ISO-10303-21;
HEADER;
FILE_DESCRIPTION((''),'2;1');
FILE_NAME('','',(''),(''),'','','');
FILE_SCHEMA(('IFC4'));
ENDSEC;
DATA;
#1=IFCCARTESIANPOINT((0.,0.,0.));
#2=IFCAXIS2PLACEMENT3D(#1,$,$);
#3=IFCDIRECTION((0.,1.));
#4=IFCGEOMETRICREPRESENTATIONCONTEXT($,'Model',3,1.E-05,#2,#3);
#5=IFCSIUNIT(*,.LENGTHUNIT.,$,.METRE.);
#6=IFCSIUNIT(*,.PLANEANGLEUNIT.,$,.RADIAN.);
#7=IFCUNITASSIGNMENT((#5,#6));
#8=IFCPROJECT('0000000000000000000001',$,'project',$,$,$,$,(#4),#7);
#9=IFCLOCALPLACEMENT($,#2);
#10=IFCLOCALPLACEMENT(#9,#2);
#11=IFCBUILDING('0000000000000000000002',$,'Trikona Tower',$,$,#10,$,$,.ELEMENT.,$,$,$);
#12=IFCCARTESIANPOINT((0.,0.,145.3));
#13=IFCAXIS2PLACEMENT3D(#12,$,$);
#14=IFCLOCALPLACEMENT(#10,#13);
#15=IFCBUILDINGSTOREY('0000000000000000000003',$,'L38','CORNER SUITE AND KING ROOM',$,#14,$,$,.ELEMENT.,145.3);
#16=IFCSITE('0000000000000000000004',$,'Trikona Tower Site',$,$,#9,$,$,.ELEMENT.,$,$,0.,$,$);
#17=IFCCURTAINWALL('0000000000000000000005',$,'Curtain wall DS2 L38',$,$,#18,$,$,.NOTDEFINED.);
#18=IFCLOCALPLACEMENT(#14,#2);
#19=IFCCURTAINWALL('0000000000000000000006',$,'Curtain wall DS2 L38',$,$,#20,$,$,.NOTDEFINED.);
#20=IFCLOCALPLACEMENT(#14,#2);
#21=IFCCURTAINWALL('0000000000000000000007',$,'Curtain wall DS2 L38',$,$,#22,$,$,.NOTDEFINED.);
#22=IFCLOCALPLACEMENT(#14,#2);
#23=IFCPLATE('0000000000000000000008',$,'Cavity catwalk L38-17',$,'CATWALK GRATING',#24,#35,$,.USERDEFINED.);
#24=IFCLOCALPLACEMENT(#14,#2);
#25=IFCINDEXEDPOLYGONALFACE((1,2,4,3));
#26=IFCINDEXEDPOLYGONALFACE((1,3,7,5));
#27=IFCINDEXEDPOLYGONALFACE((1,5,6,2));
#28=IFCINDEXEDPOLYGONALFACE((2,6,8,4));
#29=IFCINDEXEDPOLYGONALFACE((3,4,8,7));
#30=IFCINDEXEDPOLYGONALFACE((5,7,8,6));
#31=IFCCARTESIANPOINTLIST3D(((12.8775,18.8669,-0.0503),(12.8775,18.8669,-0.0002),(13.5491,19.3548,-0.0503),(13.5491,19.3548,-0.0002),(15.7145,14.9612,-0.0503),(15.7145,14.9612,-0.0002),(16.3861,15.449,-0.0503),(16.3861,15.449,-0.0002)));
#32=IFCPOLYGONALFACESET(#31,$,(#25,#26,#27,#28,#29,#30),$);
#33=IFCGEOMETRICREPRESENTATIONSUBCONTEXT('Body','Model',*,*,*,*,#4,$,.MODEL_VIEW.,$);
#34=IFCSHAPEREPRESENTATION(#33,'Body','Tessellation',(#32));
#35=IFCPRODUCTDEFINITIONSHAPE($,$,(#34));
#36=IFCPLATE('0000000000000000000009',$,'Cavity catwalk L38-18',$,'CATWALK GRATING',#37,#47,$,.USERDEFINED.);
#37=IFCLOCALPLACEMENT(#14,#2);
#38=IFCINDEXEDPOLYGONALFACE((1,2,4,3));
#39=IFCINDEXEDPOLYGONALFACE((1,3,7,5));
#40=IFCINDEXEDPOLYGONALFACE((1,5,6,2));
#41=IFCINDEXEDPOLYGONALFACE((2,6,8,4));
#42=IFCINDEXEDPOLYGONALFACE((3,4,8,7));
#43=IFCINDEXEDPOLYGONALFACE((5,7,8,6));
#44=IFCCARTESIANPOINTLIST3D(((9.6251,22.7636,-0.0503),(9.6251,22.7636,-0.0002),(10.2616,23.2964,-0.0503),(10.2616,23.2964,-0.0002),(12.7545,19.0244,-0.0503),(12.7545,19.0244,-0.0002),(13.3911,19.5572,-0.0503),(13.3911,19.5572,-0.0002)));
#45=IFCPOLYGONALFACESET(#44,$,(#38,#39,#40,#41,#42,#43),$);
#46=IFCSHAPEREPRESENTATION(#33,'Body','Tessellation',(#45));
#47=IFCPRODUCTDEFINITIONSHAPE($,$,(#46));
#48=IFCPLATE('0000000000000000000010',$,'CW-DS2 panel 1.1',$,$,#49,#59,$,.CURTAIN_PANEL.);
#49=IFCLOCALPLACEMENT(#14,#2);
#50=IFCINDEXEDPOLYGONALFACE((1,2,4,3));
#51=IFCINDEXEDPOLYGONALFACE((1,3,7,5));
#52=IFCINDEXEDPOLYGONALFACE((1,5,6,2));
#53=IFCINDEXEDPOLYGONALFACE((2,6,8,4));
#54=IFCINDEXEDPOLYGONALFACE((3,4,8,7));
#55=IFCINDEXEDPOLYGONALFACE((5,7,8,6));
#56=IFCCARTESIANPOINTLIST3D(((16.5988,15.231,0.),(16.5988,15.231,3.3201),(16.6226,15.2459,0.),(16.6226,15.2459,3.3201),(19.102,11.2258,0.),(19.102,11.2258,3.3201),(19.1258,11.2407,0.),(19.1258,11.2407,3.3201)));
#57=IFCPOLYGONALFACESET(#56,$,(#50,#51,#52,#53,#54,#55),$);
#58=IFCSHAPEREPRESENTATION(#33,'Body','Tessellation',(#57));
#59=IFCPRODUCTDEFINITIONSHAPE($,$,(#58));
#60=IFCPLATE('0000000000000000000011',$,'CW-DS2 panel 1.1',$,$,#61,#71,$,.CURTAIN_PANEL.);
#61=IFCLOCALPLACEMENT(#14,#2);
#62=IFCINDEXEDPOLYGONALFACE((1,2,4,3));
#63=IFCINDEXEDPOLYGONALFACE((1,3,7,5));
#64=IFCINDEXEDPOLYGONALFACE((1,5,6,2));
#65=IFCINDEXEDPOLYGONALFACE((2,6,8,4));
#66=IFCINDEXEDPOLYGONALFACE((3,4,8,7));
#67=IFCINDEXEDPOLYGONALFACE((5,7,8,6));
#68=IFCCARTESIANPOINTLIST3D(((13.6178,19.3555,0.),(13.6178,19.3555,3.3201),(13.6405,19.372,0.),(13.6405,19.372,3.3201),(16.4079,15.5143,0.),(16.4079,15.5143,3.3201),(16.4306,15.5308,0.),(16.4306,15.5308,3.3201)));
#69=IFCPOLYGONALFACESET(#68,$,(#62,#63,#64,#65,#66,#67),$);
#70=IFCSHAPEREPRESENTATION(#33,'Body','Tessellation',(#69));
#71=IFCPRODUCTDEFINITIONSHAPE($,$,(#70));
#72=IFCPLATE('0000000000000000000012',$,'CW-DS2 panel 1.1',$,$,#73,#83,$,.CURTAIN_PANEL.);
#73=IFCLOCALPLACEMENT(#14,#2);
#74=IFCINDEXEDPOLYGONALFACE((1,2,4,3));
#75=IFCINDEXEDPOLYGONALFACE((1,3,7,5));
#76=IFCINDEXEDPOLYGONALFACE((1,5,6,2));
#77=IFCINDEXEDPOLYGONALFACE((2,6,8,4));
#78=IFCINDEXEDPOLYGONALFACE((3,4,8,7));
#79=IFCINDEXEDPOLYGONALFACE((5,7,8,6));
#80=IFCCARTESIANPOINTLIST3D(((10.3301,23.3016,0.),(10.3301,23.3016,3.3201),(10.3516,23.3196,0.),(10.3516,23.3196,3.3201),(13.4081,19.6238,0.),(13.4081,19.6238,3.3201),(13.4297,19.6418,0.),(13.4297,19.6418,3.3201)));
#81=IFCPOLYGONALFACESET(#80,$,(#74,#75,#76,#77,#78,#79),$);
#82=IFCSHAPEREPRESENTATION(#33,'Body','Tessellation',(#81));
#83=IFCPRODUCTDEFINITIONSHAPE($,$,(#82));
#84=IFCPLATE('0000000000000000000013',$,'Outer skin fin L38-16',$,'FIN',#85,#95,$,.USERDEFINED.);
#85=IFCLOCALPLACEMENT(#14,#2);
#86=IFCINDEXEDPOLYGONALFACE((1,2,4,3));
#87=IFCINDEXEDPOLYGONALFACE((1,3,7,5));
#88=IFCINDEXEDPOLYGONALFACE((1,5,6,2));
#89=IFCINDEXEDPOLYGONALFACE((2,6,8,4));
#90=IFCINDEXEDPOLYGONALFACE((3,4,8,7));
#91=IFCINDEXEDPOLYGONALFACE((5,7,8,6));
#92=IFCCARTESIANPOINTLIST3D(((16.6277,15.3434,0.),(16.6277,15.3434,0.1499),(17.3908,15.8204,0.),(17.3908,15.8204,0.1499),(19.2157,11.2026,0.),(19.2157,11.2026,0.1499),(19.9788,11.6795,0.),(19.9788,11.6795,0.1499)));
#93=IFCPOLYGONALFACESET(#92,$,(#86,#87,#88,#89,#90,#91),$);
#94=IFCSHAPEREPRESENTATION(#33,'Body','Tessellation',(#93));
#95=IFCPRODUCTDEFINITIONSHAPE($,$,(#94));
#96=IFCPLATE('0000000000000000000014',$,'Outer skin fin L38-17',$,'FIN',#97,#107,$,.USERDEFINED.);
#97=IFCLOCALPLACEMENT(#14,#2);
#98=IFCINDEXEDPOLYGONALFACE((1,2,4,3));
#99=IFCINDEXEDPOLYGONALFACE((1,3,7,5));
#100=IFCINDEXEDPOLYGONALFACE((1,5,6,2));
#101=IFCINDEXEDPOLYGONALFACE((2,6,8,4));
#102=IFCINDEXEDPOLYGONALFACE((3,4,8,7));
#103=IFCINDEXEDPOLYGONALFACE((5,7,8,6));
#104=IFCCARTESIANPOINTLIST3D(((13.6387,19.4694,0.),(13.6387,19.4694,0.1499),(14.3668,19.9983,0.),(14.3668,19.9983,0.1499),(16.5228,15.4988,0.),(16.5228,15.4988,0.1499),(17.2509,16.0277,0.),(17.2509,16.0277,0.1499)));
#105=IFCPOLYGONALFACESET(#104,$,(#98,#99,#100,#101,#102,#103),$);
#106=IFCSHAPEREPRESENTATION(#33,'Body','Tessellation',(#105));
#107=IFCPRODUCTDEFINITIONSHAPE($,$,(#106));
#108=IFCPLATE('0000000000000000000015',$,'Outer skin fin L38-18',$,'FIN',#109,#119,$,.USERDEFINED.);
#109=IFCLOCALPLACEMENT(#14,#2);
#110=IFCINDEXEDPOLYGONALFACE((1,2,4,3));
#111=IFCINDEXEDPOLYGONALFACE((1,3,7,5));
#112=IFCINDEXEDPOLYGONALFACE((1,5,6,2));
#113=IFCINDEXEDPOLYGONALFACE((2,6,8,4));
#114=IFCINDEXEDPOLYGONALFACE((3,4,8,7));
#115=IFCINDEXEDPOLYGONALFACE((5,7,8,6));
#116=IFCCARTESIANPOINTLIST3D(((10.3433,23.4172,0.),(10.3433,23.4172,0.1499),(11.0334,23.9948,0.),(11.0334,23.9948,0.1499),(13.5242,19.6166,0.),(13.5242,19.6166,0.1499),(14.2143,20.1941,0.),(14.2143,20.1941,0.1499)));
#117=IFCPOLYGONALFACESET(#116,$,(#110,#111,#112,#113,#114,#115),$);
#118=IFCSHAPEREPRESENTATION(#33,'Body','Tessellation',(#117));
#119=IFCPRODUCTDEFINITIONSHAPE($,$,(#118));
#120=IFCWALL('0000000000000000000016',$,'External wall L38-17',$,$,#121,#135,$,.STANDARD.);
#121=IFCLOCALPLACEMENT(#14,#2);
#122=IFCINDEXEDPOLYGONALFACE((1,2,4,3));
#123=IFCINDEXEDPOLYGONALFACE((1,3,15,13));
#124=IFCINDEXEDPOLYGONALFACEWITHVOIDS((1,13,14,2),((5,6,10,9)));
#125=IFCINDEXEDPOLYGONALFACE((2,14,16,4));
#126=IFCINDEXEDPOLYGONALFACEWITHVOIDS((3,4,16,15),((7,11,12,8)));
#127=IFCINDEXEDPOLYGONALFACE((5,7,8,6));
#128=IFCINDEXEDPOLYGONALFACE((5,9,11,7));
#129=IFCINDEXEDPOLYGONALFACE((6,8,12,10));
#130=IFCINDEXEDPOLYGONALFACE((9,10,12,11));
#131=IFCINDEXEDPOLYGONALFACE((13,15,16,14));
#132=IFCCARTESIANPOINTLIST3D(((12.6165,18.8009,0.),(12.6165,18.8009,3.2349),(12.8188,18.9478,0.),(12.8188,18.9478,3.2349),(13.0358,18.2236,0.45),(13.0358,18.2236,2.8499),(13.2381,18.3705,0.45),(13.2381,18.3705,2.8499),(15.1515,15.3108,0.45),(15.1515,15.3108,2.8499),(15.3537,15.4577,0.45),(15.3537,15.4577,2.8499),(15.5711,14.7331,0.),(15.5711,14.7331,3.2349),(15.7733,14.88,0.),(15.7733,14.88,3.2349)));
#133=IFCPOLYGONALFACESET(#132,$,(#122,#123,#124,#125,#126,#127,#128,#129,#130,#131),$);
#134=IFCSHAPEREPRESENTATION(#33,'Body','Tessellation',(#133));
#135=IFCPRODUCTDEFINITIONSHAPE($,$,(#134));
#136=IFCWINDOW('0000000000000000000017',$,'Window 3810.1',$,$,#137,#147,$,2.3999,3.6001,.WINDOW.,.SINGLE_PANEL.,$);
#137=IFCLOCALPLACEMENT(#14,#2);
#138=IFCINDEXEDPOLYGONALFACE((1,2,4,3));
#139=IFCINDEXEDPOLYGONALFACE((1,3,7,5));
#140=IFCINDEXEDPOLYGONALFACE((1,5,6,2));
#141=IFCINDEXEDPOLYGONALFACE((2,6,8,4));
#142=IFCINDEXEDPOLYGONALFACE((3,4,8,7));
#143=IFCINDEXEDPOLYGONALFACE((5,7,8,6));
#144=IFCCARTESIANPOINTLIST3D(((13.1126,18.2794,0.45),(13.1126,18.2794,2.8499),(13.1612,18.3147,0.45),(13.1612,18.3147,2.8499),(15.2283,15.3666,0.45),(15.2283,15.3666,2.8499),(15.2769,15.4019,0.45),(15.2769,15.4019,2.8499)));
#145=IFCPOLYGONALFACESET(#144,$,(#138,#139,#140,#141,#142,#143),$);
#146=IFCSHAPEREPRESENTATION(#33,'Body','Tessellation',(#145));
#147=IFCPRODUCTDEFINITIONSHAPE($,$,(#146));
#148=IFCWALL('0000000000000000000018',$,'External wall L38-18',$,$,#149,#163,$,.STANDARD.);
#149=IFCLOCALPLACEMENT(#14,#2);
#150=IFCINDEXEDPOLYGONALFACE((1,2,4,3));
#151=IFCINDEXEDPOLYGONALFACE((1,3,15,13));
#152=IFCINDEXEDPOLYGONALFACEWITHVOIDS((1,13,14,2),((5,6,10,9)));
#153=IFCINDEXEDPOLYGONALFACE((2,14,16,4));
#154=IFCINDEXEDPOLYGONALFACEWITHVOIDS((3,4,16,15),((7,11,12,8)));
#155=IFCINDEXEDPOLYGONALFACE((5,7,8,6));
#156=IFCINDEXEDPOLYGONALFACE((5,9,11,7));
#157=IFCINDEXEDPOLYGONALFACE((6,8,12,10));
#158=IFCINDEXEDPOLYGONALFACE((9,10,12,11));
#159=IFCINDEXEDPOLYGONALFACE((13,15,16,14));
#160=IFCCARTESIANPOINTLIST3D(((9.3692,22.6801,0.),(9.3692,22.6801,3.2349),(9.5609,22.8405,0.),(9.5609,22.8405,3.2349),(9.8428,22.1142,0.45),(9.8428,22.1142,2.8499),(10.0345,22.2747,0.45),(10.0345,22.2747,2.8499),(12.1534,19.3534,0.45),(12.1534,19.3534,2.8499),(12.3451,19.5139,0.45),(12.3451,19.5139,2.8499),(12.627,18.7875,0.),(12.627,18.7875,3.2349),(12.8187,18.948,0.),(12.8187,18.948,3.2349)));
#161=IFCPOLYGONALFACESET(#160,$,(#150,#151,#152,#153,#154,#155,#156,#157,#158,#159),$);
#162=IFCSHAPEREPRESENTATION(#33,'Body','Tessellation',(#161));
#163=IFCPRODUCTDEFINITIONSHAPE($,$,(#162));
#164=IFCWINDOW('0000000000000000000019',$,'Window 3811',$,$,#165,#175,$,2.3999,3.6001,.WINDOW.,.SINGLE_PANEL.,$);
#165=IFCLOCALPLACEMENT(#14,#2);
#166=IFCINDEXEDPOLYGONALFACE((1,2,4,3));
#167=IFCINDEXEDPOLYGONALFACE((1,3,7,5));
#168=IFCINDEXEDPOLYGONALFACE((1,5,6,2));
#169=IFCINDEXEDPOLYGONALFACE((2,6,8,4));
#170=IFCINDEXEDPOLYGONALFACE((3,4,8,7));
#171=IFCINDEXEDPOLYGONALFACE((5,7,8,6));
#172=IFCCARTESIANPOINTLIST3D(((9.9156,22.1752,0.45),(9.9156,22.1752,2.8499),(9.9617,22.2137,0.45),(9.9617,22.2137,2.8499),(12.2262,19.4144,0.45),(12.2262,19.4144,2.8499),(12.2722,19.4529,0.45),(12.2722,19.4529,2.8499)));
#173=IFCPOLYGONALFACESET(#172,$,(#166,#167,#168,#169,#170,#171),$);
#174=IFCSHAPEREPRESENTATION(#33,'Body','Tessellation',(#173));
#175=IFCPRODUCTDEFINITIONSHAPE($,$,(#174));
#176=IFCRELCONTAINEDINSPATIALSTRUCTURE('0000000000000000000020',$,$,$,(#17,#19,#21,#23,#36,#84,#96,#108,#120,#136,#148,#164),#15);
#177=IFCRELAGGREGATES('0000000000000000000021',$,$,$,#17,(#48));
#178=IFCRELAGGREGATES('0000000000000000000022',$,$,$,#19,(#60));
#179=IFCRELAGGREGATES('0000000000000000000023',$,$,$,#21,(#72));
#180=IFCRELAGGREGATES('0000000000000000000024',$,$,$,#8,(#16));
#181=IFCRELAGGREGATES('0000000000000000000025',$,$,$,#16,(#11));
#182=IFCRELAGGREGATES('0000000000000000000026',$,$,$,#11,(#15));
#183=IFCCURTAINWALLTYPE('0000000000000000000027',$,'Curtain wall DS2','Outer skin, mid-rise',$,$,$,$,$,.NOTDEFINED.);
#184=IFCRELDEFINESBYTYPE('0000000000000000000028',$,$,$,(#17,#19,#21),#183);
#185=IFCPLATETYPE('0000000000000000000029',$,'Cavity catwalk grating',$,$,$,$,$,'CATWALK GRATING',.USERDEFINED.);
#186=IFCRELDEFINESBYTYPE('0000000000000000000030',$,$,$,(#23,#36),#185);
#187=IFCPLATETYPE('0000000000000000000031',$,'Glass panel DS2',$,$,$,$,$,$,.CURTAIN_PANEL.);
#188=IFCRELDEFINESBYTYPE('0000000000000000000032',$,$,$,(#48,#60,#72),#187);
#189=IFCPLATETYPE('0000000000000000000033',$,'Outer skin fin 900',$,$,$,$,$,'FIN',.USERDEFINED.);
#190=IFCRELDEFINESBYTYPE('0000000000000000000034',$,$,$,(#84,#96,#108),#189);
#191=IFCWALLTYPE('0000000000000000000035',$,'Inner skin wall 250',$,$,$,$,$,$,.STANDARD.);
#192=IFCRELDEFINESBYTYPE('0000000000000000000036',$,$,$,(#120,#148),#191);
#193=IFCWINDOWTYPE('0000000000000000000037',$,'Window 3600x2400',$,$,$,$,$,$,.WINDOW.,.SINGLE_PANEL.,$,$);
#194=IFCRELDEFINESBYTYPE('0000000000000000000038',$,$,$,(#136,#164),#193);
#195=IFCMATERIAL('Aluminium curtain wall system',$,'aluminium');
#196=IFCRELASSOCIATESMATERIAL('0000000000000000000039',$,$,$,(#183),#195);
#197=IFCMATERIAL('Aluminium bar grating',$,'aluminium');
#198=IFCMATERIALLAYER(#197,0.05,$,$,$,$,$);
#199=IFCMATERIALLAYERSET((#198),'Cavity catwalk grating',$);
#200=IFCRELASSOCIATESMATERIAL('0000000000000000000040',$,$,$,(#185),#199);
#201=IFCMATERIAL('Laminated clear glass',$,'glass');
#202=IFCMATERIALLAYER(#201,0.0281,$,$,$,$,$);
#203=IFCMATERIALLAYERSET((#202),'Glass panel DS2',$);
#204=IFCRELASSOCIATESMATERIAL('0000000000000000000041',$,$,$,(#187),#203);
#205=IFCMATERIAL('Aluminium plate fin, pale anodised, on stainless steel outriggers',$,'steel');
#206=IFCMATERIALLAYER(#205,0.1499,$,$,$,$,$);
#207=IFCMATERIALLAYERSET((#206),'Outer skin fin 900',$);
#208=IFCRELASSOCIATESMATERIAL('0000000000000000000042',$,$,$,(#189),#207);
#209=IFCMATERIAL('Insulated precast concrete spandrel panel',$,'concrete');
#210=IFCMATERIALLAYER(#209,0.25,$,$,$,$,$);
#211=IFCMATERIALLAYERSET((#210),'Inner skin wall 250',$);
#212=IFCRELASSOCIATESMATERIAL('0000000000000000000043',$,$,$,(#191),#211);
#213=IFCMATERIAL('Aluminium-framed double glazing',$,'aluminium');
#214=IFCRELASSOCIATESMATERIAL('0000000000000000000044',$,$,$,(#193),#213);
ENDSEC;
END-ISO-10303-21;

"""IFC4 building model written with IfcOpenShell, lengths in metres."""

from ifc_helpers import new_model, si_unit, direction, frame, frame_2d, origin, origin_2d, place, context, subcontext, project, spatial, rectangle, extrude, material, layer, layer_set, type_object, element, fill, aggregate, save


model = new_model("IFC4")

# Units and contexts
model_context = context("Model", 3, precision=1e-05, world=origin(), true_north=direction((0.0, 1.0)))
body_context = subcontext(model_context, "Body", "Model", "MODEL_VIEW")
ifc_project = project(units=[si_unit("LENGTHUNIT", "METRE"), si_unit("PLANEANGLEUNIT", "RADIAN")], contexts=[model_context])

# Site, building, storey
site_placement = place(None, origin())
site = spatial("IfcSite", under=ifc_project, at=site_placement, Name="Trikona Tower Site", CompositionType="ELEMENT", RefElevation=0.0)
building_placement = place(site_placement, origin())
building = spatial("IfcBuilding", under=site, at=building_placement, Name="Trikona Tower", CompositionType="ELEMENT")
storey_placement = place(building_placement, frame((0.0, 0.0, 145.3)))
storey = spatial("IfcBuildingStorey", under=building, at=storey_placement, Name="L38", Description="CORNER SUITE AND KING ROOM", CompositionType="ELEMENT", Elevation=145.3)

# Curtain wall
ifc_material_1 = material(Name="Aluminium curtain wall system", Category="aluminium")
curtain_wall_type = type_object("IfcCurtainWallType", Name="Curtain wall DS2", Description="Outer skin, mid-rise", PredefinedType="NOTDEFINED", material=ifc_material_1)
curtain_wall_1_placement = place(storey_placement, origin())
curtain_wall_1 = element("IfcCurtainWall", 1, at=curtain_wall_1_placement, inside=storey, type_object=curtain_wall_type, Name="Curtain wall DS2 L38", PredefinedType="NOTDEFINED")

# Curtain walls
curtain_wall_2_placement = place(storey_placement, origin())
curtain_wall_2 = element("IfcCurtainWall", 2, at=curtain_wall_2_placement, inside=storey, type_object=curtain_wall_type, Name="Curtain wall DS2 L38", PredefinedType="NOTDEFINED")
curtain_wall_3_placement = place(storey_placement, origin())
curtain_wall_3 = element("IfcCurtainWall", 3, at=curtain_wall_3_placement, inside=storey, type_object=curtain_wall_type, Name="Curtain wall DS2 L38", PredefinedType="NOTDEFINED")

# Plates
ifc_material_2 = material(Name="Aluminium bar grating", Category="aluminium")
ifc_layer_1 = layer(ifc_material_2, 0.05)
ifc_layer_set_1 = layer_set([ifc_layer_1], Name="Cavity catwalk grating")
plate_type_1 = type_object("IfcPlateType", Name="Cavity catwalk grating", ElementType="CATWALK GRATING", PredefinedType="USERDEFINED", material=ifc_layer_set_1)
plate_1_placement = place(storey_placement, frame((14.6318, 17.158, -0.0503), z_axis=(0.0, 0.0, 1.0), x_axis=(-0.587686, 0.809089, 0.0)))
element("IfcPlate", 4, at=plate_1_placement, inside=storey, type_object=plate_type_1, Name="Cavity catwalk L38-17", ObjectType="CATWALK GRATING", PredefinedType="USERDEFINED", context=body_context, shape_type="SweptSolid", body=[
    extrude(rectangle(XDim=4.8274, YDim=0.8301, at=origin_2d()), origin(), (0.0, 0.0, 1.0), 0.05),
])
plate_2_placement = place(storey_placement, frame((11.5081, 21.1604, -0.0503), z_axis=(0.0, 0.0, 1.0), x_axis=(-0.641807, 0.766866, 0.0)))
element("IfcPlate", 5, at=plate_2_placement, inside=storey, type_object=plate_type_1, Name="Cavity catwalk L38-18", ObjectType="CATWALK GRATING", PredefinedType="USERDEFINED", context=body_context, shape_type="SweptSolid", body=[
    extrude(rectangle(XDim=4.876, YDim=0.8301, at=origin_2d()), origin(), (0.0, 0.0, 1.0), 0.05),
])

# Plates
ifc_material_3 = material(Name="Laminated clear glass", Category="glass")
ifc_layer_2 = layer(ifc_material_3, 0.0281)
ifc_layer_set_2 = layer_set([ifc_layer_2], Name="Glass panel DS2")
plate_type_2 = type_object("IfcPlateType", Name="Glass panel DS2", PredefinedType="CURTAIN_PANEL", material=ifc_layer_set_2)
plate_3_placement = place(storey_placement, frame((17.8623, 13.2358, 0.0), z_axis=(0.0, 0.0, 1.0), x_axis=(-0.529999, 0.847998, 0.0)))
plate_3 = element("IfcPlate", 6, at=plate_3_placement, type_object=plate_type_2, Name="CW-DS2 panel 1.1", PredefinedType="CURTAIN_PANEL", context=body_context, shape_type="SweptSolid", body=[
    extrude(rectangle(XDim=4.7231, YDim=0.0281, at=origin_2d()), origin(), (0.0, 0.0, 1.0), 3.3201),
])
aggregate(curtain_wall_1, [plate_3])
plate_4_placement = place(storey_placement, frame((15.0242, 17.4431, 0.0), z_axis=(0.0, 0.0, 1.0), x_axis=(-0.587691, 0.809086, 0.0)))
plate_4 = element("IfcPlate", 7, at=plate_4_placement, type_object=plate_type_2, Name="CW-DS2 panel 1.1", PredefinedType="CURTAIN_PANEL", context=body_context, shape_type="SweptSolid", body=[
    extrude(rectangle(XDim=4.7476, YDim=0.0281, at=origin_2d()), origin(), (0.0, 0.0, 1.0), 3.3201),
])
aggregate(curtain_wall_2, [plate_4])
plate_5_placement = place(storey_placement, frame((11.8799, 21.4717, 0.0), z_axis=(0.0, 0.0, 1.0), x_axis=(-0.641806, 0.766867, 0.0)))
plate_5 = element("IfcPlate", 8, at=plate_5_placement, type_object=plate_type_2, Name="CW-DS2 panel 1.1", PredefinedType="CURTAIN_PANEL", context=body_context, shape_type="SweptSolid", body=[
    extrude(rectangle(XDim=4.7959, YDim=0.0281, at=origin_2d()), origin(), (0.0, 0.0, 1.0), 3.3201),
])
aggregate(curtain_wall_3, [plate_5])

# Plates
ifc_material_4 = material(Name="Aluminium plate fin, pale anodised, on stainless steel outriggers", Category="steel")
ifc_layer_3 = layer(ifc_material_4, 0.1499)
ifc_layer_set_3 = layer_set([ifc_layer_3], Name="Outer skin fin 900")
plate_type_3 = type_object("IfcPlateType", Name="Outer skin fin 900", ElementType="FIN", PredefinedType="USERDEFINED", material=ifc_layer_set_3)
plate_6_placement = place(storey_placement, frame((18.3032, 13.5115, 0.0), z_axis=(0.0, 0.0, 1.0), x_axis=(-0.529995, 0.848001, 0.0)))
element("IfcPlate", 9, at=plate_6_placement, inside=storey, type_object=plate_type_3, Name="Outer skin fin L38-16", ObjectType="FIN", PredefinedType="USERDEFINED", context=body_context, shape_type="SweptSolid", body=[
    extrude(rectangle(XDim=4.8831, YDim=0.8999, at=origin_2d()), origin(), (0.0, 0.0, 1.0), 0.1499),
])
plate_7_placement = place(storey_placement, frame((15.4448, 17.7485, 0.0), z_axis=(0.0, 0.0, 1.0), x_axis=(-0.587686, 0.809089, 0.0)))
element("IfcPlate", 10, at=plate_7_placement, inside=storey, type_object=plate_type_3, Name="Outer skin fin L38-17", ObjectType="FIN", PredefinedType="USERDEFINED", context=body_context, shape_type="SweptSolid", body=[
    extrude(rectangle(XDim=4.9075, YDim=0.8999, at=origin_2d()), origin(), (0.0, 0.0, 1.0), 0.1499),
])
plate_8_placement = place(storey_placement, frame((12.2788, 21.8057, 0.0), z_axis=(0.0, 0.0, 1.0), x_axis=(-0.641807, 0.766866, 0.0)))
element("IfcPlate", 11, at=plate_8_placement, inside=storey, type_object=plate_type_3, Name="Outer skin fin L38-18", ObjectType="FIN", PredefinedType="USERDEFINED", context=body_context, shape_type="SweptSolid", body=[
    extrude(rectangle(XDim=4.9561, YDim=0.8999, at=origin_2d()), origin(), (0.0, 0.0, 1.0), 0.1499),
])

# Walls, openings, windows
ifc_material_5 = material(Name="Insulated precast concrete spandrel panel", Category="concrete")
ifc_layer_4 = layer(ifc_material_5, 0.25)
ifc_layer_set_4 = layer_set([ifc_layer_4], Name="Inner skin wall 250")
wall_type = type_object("IfcWallType", Name="Inner skin wall 250", PredefinedType="STANDARD", material=ifc_layer_set_4)
wall_1_placement = place(storey_placement, frame((15.6721, 14.8066, 0.0), z_axis=(0.0, 0.0, 1.0), x_axis=(-0.587669, 0.809101, 0.0)))
wall_1 = element("IfcWall", 12, at=wall_1_placement, inside=storey, type_object=wall_type, Name="External wall L38-17", PredefinedType="STANDARD", context=body_context, shape_type="SweptSolid", body=[
    extrude(rectangle(XDim=5.0276, YDim=0.25, at=frame_2d((2.5137, 0.0))), origin(), (0.0, 0.0, 1.0), 3.2349),
])
opening_1_placement = place(wall_1_placement, frame((0.7139, 0.0, 0.45)))
opening_1 = element("IfcOpeningElement", 13, at=opening_1_placement, cuts=wall_1, PredefinedType="OPENING", context=body_context, shape_type="SweptSolid", body=[
    extrude(rectangle(XDim=3.6001, YDim=2.3999, at=frame_2d((1.8, 1.2))), frame((0.0, 0.135, 0.0), z_axis=(0.0, -1.0, 0.0), x_axis=(1.0, 0.0, 0.0)), (0.0, 0.0, 1.0), 0.27),
])
ifc_material_6 = material(Name="Aluminium-framed double glazing", Category="aluminium")
window_type = type_object("IfcWindowType", Name="Window 3600x2400", PartitioningType="SINGLE_PANEL", PredefinedType="WINDOW", material=ifc_material_6)
window_1_placement = place(opening_1_placement, origin())
window_1 = element("IfcWindow", 14, at=window_1_placement, inside=storey, type_object=window_type, Name="Window 3810.1", OverallHeight=2.3999, OverallWidth=3.6001, PartitioningType="SINGLE_PANEL", PredefinedType="WINDOW", context=body_context, shape_type="SweptSolid", body=[
    extrude(rectangle(XDim=3.6001, YDim=2.3999, at=frame_2d((1.8, 1.2))), frame((0.0, 0.03, 0.0), z_axis=(0.0, -1.0, 0.0), x_axis=(1.0, 0.0, 0.0)), (0.0, 0.0, 1.0), 0.0601),
])
fill(opening_1, window_1)
wall_2_placement = place(storey_placement, frame((12.7229, 18.8677, 0.0), z_axis=(0.0, 0.0, 1.0), x_axis=(-0.64181, 0.766863, 0.0)))
wall_2 = element("IfcWall", 15, at=wall_2_placement, inside=storey, type_object=wall_type, Name="External wall L38-18", PredefinedType="STANDARD", context=body_context, shape_type="SweptSolid", body=[
    extrude(rectangle(XDim=5.0759, YDim=0.25, at=frame_2d((2.5381, 0.0))), origin(), (0.0, 0.0, 1.0), 3.2349),
])
opening_2_placement = place(wall_2_placement, frame((0.738, 0.0, 0.45)))
opening_2 = element("IfcOpeningElement", 16, at=opening_2_placement, cuts=wall_2, PredefinedType="OPENING", context=body_context, shape_type="SweptSolid", body=[
    extrude(rectangle(XDim=3.6001, YDim=2.3999, at=frame_2d((1.8, 1.2))), frame((0.0, 0.135, 0.0), z_axis=(0.0, -1.0, 0.0), x_axis=(1.0, 0.0, 0.0)), (0.0, 0.0, 1.0), 0.27),
])
window_2_placement = place(opening_2_placement, origin())
window_2 = element("IfcWindow", 17, at=window_2_placement, inside=storey, type_object=window_type, Name="Window 3811", OverallHeight=2.3999, OverallWidth=3.6001, PartitioningType="SINGLE_PANEL", PredefinedType="WINDOW", context=body_context, shape_type="SweptSolid", body=[
    extrude(rectangle(XDim=3.6001, YDim=2.3999, at=frame_2d((1.8, 1.2))), frame((0.0, 0.03, 0.0), z_axis=(0.0, -1.0, 0.0), x_axis=(1.0, 0.0, 0.0)), (0.0, 0.0, 1.0), 0.0601),
])
fill(opening_2, window_2)

save(model, "model.ifc")
